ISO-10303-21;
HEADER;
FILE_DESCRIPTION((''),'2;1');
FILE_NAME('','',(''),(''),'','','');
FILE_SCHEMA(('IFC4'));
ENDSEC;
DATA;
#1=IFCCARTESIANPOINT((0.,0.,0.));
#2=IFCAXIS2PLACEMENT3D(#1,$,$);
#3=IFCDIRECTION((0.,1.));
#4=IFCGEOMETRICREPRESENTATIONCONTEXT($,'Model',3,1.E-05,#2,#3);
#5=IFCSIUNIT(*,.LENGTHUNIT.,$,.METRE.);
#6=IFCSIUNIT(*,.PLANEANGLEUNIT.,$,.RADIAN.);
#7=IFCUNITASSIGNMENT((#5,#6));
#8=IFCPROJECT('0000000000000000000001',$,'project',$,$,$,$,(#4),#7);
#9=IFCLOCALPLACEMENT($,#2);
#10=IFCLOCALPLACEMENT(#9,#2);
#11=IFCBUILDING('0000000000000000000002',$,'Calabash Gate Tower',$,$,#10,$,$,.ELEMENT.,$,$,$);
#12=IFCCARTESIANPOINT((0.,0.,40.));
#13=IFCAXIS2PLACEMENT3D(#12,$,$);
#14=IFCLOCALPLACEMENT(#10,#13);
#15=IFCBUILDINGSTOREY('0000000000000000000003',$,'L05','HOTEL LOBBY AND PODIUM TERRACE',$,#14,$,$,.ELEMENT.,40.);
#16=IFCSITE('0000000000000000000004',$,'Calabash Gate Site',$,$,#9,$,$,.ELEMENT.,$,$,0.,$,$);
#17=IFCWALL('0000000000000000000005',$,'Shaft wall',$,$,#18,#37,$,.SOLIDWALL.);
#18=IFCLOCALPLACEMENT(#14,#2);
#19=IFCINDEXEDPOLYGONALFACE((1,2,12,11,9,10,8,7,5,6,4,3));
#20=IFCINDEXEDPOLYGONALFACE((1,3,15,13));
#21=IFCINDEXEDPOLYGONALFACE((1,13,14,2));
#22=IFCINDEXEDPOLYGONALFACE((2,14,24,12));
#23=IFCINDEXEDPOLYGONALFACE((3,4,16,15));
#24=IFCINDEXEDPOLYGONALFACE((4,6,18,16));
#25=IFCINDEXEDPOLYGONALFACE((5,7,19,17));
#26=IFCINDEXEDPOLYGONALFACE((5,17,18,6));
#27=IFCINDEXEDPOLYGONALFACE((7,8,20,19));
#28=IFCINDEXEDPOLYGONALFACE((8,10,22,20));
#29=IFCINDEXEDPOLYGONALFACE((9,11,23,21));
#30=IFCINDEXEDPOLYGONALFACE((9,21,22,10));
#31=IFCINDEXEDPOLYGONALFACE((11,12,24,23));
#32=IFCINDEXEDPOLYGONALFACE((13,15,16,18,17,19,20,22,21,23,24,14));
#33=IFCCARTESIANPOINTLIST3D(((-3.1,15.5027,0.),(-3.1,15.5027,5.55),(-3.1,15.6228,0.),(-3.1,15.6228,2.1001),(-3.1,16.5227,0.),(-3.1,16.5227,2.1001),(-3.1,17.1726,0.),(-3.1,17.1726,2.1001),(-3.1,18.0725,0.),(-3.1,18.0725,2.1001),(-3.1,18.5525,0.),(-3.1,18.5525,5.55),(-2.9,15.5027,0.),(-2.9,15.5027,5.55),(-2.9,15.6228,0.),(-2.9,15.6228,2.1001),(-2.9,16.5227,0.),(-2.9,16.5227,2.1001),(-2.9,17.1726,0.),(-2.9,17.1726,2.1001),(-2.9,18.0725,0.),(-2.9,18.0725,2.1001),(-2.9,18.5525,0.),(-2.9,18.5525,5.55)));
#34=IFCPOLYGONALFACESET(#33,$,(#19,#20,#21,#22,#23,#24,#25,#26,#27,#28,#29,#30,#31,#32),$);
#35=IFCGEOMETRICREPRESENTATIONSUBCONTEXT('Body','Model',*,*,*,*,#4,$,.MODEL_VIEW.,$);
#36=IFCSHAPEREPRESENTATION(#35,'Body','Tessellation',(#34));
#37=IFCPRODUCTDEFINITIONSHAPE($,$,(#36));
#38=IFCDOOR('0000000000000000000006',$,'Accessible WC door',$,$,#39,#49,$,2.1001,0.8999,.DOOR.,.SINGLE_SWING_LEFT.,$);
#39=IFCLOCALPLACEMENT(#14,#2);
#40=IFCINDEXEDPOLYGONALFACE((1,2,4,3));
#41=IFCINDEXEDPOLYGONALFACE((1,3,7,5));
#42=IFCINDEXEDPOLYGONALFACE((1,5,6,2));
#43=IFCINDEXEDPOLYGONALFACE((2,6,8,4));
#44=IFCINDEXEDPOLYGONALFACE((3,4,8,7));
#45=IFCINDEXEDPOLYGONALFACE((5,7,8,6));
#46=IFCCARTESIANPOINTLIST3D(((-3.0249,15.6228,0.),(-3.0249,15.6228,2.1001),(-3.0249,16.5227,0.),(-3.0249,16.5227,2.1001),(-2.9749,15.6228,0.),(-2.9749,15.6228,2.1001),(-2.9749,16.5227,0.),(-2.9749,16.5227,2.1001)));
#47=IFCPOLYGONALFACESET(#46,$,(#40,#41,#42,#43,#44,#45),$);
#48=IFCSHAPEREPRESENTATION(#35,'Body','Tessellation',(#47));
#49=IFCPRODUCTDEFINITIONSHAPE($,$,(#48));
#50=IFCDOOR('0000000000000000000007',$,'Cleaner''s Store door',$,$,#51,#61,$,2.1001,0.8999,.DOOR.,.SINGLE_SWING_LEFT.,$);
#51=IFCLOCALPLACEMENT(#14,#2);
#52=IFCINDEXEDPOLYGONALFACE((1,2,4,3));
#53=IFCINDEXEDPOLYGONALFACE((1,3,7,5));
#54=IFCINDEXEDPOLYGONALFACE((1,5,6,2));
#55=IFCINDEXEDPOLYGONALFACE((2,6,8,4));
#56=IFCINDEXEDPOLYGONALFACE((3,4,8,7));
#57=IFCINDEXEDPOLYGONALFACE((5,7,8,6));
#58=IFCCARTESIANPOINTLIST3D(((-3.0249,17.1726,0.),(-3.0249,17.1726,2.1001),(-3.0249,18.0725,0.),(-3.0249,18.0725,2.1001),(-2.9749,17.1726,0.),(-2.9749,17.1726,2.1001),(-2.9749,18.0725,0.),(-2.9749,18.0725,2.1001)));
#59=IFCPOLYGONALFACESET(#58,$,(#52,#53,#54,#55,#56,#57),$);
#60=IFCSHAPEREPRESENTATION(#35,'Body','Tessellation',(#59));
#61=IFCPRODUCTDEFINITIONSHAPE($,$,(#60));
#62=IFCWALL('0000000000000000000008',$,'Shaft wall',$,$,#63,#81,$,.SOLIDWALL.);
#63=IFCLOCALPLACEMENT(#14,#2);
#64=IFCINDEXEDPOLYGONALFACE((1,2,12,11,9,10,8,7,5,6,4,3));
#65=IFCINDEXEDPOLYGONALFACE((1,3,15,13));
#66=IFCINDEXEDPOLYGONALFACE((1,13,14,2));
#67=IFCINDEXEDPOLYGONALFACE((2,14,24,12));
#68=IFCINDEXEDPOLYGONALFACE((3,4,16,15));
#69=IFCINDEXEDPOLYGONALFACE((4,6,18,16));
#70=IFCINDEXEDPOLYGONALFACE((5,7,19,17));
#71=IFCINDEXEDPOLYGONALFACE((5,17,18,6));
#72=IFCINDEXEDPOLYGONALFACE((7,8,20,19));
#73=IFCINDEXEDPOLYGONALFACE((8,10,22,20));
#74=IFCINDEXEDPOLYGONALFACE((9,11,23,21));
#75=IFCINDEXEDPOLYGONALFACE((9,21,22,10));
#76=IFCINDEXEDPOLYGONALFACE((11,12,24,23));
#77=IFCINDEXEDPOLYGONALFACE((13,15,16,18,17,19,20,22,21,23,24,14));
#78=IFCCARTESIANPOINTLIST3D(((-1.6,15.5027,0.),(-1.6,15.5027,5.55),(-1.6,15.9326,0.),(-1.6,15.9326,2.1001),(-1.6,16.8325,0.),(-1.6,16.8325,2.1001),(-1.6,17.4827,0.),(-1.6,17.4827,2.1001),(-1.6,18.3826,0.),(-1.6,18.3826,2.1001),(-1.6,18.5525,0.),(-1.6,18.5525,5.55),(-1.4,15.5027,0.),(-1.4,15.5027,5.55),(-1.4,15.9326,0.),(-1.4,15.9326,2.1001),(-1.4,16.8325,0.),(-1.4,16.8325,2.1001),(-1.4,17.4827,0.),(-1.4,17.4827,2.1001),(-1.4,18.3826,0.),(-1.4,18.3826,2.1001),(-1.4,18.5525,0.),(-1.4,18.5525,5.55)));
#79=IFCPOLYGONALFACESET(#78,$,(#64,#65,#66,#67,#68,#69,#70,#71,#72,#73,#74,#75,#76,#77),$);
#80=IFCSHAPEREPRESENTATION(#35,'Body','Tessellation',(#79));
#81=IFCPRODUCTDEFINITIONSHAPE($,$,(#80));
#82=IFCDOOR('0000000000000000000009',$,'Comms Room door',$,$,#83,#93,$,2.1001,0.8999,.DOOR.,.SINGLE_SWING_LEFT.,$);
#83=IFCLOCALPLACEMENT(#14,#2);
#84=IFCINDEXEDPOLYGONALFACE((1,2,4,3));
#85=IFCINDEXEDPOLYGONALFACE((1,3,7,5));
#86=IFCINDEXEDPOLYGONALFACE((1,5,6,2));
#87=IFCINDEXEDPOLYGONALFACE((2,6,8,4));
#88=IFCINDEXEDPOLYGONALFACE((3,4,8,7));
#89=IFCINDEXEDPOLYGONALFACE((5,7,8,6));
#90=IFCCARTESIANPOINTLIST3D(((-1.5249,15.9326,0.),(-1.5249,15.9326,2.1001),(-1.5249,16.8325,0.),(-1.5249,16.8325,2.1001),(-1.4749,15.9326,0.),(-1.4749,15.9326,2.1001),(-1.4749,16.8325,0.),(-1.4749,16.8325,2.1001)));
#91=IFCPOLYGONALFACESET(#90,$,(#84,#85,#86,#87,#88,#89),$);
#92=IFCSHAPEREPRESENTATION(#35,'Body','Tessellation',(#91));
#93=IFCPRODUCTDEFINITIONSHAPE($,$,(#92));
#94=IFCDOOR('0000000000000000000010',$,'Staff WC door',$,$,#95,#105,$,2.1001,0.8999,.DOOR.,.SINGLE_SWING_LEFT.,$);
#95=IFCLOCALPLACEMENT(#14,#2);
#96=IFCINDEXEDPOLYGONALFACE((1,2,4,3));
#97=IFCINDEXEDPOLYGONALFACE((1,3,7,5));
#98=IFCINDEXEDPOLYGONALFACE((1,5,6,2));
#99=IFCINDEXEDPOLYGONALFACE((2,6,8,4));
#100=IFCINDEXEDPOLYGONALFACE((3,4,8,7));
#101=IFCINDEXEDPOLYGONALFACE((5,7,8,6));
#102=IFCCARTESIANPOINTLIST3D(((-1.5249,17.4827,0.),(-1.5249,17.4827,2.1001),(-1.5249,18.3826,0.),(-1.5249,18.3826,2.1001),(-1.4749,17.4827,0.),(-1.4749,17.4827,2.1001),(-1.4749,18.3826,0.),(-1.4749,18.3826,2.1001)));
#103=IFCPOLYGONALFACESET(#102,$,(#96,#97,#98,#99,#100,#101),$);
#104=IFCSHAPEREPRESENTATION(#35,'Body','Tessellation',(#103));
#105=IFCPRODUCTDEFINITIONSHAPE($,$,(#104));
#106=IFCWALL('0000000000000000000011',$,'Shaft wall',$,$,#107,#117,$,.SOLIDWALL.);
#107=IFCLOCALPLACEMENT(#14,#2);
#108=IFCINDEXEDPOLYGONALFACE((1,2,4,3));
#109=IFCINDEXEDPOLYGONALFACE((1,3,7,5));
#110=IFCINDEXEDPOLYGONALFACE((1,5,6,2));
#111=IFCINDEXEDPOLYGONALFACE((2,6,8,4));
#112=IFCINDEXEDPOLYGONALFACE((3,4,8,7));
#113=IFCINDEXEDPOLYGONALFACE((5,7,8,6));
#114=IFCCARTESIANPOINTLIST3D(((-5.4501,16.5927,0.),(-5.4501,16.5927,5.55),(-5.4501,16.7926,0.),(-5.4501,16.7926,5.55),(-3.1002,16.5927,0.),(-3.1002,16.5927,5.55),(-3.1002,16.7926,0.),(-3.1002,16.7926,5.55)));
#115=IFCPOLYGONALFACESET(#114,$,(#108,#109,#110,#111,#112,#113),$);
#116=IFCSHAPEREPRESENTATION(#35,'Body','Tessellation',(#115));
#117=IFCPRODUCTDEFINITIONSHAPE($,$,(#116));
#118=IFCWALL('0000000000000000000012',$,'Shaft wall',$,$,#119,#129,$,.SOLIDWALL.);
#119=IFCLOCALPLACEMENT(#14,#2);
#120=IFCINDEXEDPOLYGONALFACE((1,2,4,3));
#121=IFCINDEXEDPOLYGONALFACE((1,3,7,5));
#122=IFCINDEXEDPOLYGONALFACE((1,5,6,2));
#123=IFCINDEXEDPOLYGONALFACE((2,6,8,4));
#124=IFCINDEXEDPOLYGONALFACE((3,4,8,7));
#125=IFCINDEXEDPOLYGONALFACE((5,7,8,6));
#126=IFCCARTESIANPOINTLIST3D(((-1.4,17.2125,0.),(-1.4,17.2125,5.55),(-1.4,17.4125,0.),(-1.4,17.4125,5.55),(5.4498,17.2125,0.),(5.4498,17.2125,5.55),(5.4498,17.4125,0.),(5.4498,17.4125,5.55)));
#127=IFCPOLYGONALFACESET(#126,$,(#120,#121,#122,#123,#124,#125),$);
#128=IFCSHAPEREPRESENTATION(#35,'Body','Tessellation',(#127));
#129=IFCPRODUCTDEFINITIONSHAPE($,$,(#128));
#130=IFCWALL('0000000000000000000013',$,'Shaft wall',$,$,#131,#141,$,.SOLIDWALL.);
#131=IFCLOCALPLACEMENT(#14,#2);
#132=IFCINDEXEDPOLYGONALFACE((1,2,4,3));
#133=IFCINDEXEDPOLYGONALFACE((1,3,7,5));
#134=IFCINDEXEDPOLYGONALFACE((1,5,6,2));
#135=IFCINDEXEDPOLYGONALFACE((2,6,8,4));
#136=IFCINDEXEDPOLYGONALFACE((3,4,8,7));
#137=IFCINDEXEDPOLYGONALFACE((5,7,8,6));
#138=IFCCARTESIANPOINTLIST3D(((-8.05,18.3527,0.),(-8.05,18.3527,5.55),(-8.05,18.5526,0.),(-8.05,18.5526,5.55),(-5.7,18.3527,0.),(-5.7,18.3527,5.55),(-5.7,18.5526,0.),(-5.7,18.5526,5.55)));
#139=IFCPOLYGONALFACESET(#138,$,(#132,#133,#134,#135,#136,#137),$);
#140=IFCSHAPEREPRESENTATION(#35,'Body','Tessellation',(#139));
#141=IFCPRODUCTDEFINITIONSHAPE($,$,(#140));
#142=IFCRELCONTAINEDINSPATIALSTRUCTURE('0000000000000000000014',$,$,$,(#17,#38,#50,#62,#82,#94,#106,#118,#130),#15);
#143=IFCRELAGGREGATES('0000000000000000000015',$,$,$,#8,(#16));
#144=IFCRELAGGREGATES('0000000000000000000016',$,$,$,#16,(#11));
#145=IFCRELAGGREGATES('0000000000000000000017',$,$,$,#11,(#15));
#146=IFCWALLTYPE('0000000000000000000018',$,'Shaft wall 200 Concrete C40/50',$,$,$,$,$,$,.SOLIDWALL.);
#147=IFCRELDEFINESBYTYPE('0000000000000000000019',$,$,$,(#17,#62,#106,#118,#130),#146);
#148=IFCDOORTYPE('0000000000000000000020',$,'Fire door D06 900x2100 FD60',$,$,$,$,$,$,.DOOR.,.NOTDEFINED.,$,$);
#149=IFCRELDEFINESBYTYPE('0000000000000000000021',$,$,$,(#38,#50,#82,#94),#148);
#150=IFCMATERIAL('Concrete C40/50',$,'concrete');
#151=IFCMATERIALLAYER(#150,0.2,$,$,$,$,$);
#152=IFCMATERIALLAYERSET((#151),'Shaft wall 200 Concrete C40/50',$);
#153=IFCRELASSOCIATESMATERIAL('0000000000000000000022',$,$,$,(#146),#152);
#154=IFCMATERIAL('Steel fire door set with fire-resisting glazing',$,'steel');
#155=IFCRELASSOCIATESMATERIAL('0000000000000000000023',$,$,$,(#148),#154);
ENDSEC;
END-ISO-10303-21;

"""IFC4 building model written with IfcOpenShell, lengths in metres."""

from ifc_helpers import new_model, si_unit, direction, frame, frame_2d, origin, place, context, subcontext, project, spatial, rectangle, extrude, material, layer, layer_set, type_object, element, fill, save


model = new_model("IFC4")

# Units and contexts
model_context = context("Model", 3, precision=1e-05, world=origin(), true_north=direction((0.0, 1.0)))
body_context = subcontext(model_context, "Body", "Model", "MODEL_VIEW")
ifc_project = project(units=[si_unit("LENGTHUNIT", "METRE"), si_unit("PLANEANGLEUNIT", "RADIAN")], contexts=[model_context])

# Site, building, storey
site_placement = place(None, origin())
site = spatial("IfcSite", under=ifc_project, at=site_placement, Name="Calabash Gate Site", CompositionType="ELEMENT", RefElevation=0.0)
building_placement = place(site_placement, origin())
building = spatial("IfcBuilding", under=site, at=building_placement, Name="Calabash Gate Tower", CompositionType="ELEMENT")
storey_placement = place(building_placement, frame((0.0, 0.0, 40.0)))
storey = spatial("IfcBuildingStorey", under=building, at=storey_placement, Name="L05", Description="HOTEL LOBBY AND PODIUM TERRACE", CompositionType="ELEMENT", Elevation=40.0)

# Shared definitions
ifc_material_1 = material(Name="Concrete C40/50", Category="concrete")
ifc_layer = layer(ifc_material_1, 0.2)
ifc_layer_set = layer_set([ifc_layer], Name="Shaft wall 200 Concrete C40/50")
wall_type = type_object("IfcWallType", Name="Shaft wall 200 Concrete C40/50", PredefinedType="SOLIDWALL", material=ifc_layer_set)

# Walls, openings, doors
wall_1_placement = place(storey_placement, frame((-3.0, 15.5027, 0.0), z_axis=(0.0, 0.0, 1.0), x_axis=(0.0, 1.0, 0.0)))
wall_1 = element("IfcWall", 1, at=wall_1_placement, inside=storey, type_object=wall_type, Name="Shaft wall", PredefinedType="SOLIDWALL", context=body_context, shape_type="SweptSolid", body=[
    extrude(rectangle(XDim=3.0498, YDim=0.2, at=frame_2d((1.5249, 0.0))), origin(), (0.0, 0.0, 1.0), 5.55),
])
opening_1_placement = place(wall_1_placement, frame((0.1201, 0.0, 0.0)))
opening_1 = element("IfcOpeningElement", 2, at=opening_1_placement, cuts=wall_1, PredefinedType="OPENING", context=body_context, shape_type="SweptSolid", body=[
    extrude(rectangle(XDim=0.8999, YDim=2.1001, at=frame_2d((0.45, 1.05))), frame((0.0, 0.1099, 0.0), z_axis=(0.0, -1.0, 0.0), x_axis=(1.0, 0.0, 0.0)), (0.0, 0.0, 1.0), 0.22),
])
opening_2_placement = place(wall_1_placement, frame((1.6699, 0.0, 0.0)))
opening_2 = element("IfcOpeningElement", 3, at=opening_2_placement, cuts=wall_1, PredefinedType="OPENING", context=body_context, shape_type="SweptSolid", body=[
    extrude(rectangle(XDim=0.8999, YDim=2.1001, at=frame_2d((0.45, 1.05))), frame((0.0, 0.1099, 0.0), z_axis=(0.0, -1.0, 0.0), x_axis=(1.0, 0.0, 0.0)), (0.0, 0.0, 1.0), 0.22),
])
ifc_material_2 = material(Name="Steel fire door set with fire-resisting glazing", Category="steel")
door_type_1 = type_object("IfcDoorType", Name="Fire door D06 900x2100 FD60", OperationType="NOTDEFINED", PredefinedType="DOOR", material=ifc_material_2)
door_1_placement = place(opening_1_placement, origin())
door_1 = element("IfcDoor", 4, at=door_1_placement, inside=storey, type_object=door_type_1, Name="Accessible WC door", OperationType="SINGLE_SWING_LEFT", OverallHeight=2.1001, OverallWidth=0.8999, PredefinedType="DOOR", context=body_context, shape_type="SweptSolid", body=[
    extrude(rectangle(XDim=0.8999, YDim=2.1001, at=frame_2d((0.45, 1.05))), frame((0.0, 0.0249, 0.0), z_axis=(0.0, -1.0, 0.0), x_axis=(1.0, 0.0, 0.0)), (0.0, 0.0, 1.0), 0.05),
])
fill(opening_1, door_1)
door_2_placement = place(opening_2_placement, origin())
door_2 = element("IfcDoor", 5, at=door_2_placement, inside=storey, type_object=door_type_1, Name="Cleaner's Store door", OperationType="SINGLE_SWING_LEFT", OverallHeight=2.1001, OverallWidth=0.8999, PredefinedType="DOOR", context=body_context, shape_type="SweptSolid", body=[
    extrude(rectangle(XDim=0.8999, YDim=2.1001, at=frame_2d((0.45, 1.05))), frame((0.0, 0.0249, 0.0), z_axis=(0.0, -1.0, 0.0), x_axis=(1.0, 0.0, 0.0)), (0.0, 0.0, 1.0), 0.05),
])
fill(opening_2, door_2)
wall_2_placement = place(storey_placement, frame((-1.5, 15.5027, 0.0), z_axis=(0.0, 0.0, 1.0), x_axis=(0.0, 1.0, 0.0)))
wall_2 = element("IfcWall", 6, at=wall_2_placement, inside=storey, type_object=wall_type, Name="Shaft wall", PredefinedType="SOLIDWALL", context=body_context, shape_type="SweptSolid", body=[
    extrude(rectangle(XDim=3.0498, YDim=0.2, at=frame_2d((1.5249, 0.0))), origin(), (0.0, 0.0, 1.0), 5.55),
])
opening_3_placement = place(wall_2_placement, frame((0.4299, 0.0, 0.0)))
opening_3 = element("IfcOpeningElement", 7, at=opening_3_placement, cuts=wall_2, PredefinedType="OPENING", context=body_context, shape_type="SweptSolid", body=[
    extrude(rectangle(XDim=0.8999, YDim=2.1001, at=frame_2d((0.45, 1.05))), frame((0.0, 0.1099, 0.0), z_axis=(0.0, -1.0, 0.0), x_axis=(1.0, 0.0, 0.0)), (0.0, 0.0, 1.0), 0.22),
])
opening_4_placement = place(wall_2_placement, frame((1.98, 0.0, 0.0)))
opening_4 = element("IfcOpeningElement", 8, at=opening_4_placement, cuts=wall_2, PredefinedType="OPENING", context=body_context, shape_type="SweptSolid", body=[
    extrude(rectangle(XDim=0.8999, YDim=2.1001, at=frame_2d((0.45, 1.05))), frame((0.0, 0.1099, 0.0), z_axis=(0.0, -1.0, 0.0), x_axis=(1.0, 0.0, 0.0)), (0.0, 0.0, 1.0), 0.22),
])
door_3_placement = place(opening_3_placement, origin())
door_3 = element("IfcDoor", 9, at=door_3_placement, inside=storey, type_object=door_type_1, Name="Comms Room door", OperationType="SINGLE_SWING_LEFT", OverallHeight=2.1001, OverallWidth=0.8999, PredefinedType="DOOR", context=body_context, shape_type="SweptSolid", body=[
    extrude(rectangle(XDim=0.8999, YDim=2.1001, at=frame_2d((0.45, 1.05))), frame((0.0, 0.0249, 0.0), z_axis=(0.0, -1.0, 0.0), x_axis=(1.0, 0.0, 0.0)), (0.0, 0.0, 1.0), 0.05),
])
fill(opening_3, door_3)
door_4_placement = place(opening_4_placement, origin())
door_4 = element("IfcDoor", 10, at=door_4_placement, inside=storey, type_object=door_type_1, Name="Staff WC door", OperationType="SINGLE_SWING_LEFT", OverallHeight=2.1001, OverallWidth=0.8999, PredefinedType="DOOR", context=body_context, shape_type="SweptSolid", body=[
    extrude(rectangle(XDim=0.8999, YDim=2.1001, at=frame_2d((0.45, 1.05))), frame((0.0, 0.0249, 0.0), z_axis=(0.0, -1.0, 0.0), x_axis=(1.0, 0.0, 0.0)), (0.0, 0.0, 1.0), 0.05),
])
fill(opening_4, door_4)

# Walls
wall_3_placement = place(storey_placement, frame((-5.45, 16.6926, 0.0), z_axis=(0.0, 0.0, 1.0), x_axis=(1.0, 0.0, 0.0)))
element("IfcWall", 11, at=wall_3_placement, inside=storey, type_object=wall_type, Name="Shaft wall", PredefinedType="SOLIDWALL", context=body_context, shape_type="SweptSolid", body=[
    extrude(rectangle(XDim=2.3499, YDim=0.2, at=frame_2d((1.1748, 0.0))), origin(), (0.0, 0.0, 1.0), 5.55),
])
wall_4_placement = place(storey_placement, frame((-1.3999, 17.3125, 0.0), z_axis=(0.0, 0.0, 1.0), x_axis=(1.0, 0.0, 0.0)))
element("IfcWall", 12, at=wall_4_placement, inside=storey, type_object=wall_type, Name="Shaft wall", PredefinedType="SOLIDWALL", context=body_context, shape_type="SweptSolid", body=[
    extrude(rectangle(XDim=6.8499, YDim=0.2, at=frame_2d((3.4248, 0.0))), origin(), (0.0, 0.0, 1.0), 5.55),
])
wall_5_placement = place(storey_placement, frame((-8.05, 18.4526, 0.0), z_axis=(0.0, 0.0, 1.0), x_axis=(1.0, 0.0, 0.0)))
element("IfcWall", 13, at=wall_5_placement, inside=storey, type_object=wall_type, Name="Shaft wall", PredefinedType="SOLIDWALL", context=body_context, shape_type="SweptSolid", body=[
    extrude(rectangle(XDim=2.3501, YDim=0.2, at=frame_2d((1.175, 0.0))), origin(), (0.0, 0.0, 1.0), 5.55),
])

save(model, "model.ifc")
